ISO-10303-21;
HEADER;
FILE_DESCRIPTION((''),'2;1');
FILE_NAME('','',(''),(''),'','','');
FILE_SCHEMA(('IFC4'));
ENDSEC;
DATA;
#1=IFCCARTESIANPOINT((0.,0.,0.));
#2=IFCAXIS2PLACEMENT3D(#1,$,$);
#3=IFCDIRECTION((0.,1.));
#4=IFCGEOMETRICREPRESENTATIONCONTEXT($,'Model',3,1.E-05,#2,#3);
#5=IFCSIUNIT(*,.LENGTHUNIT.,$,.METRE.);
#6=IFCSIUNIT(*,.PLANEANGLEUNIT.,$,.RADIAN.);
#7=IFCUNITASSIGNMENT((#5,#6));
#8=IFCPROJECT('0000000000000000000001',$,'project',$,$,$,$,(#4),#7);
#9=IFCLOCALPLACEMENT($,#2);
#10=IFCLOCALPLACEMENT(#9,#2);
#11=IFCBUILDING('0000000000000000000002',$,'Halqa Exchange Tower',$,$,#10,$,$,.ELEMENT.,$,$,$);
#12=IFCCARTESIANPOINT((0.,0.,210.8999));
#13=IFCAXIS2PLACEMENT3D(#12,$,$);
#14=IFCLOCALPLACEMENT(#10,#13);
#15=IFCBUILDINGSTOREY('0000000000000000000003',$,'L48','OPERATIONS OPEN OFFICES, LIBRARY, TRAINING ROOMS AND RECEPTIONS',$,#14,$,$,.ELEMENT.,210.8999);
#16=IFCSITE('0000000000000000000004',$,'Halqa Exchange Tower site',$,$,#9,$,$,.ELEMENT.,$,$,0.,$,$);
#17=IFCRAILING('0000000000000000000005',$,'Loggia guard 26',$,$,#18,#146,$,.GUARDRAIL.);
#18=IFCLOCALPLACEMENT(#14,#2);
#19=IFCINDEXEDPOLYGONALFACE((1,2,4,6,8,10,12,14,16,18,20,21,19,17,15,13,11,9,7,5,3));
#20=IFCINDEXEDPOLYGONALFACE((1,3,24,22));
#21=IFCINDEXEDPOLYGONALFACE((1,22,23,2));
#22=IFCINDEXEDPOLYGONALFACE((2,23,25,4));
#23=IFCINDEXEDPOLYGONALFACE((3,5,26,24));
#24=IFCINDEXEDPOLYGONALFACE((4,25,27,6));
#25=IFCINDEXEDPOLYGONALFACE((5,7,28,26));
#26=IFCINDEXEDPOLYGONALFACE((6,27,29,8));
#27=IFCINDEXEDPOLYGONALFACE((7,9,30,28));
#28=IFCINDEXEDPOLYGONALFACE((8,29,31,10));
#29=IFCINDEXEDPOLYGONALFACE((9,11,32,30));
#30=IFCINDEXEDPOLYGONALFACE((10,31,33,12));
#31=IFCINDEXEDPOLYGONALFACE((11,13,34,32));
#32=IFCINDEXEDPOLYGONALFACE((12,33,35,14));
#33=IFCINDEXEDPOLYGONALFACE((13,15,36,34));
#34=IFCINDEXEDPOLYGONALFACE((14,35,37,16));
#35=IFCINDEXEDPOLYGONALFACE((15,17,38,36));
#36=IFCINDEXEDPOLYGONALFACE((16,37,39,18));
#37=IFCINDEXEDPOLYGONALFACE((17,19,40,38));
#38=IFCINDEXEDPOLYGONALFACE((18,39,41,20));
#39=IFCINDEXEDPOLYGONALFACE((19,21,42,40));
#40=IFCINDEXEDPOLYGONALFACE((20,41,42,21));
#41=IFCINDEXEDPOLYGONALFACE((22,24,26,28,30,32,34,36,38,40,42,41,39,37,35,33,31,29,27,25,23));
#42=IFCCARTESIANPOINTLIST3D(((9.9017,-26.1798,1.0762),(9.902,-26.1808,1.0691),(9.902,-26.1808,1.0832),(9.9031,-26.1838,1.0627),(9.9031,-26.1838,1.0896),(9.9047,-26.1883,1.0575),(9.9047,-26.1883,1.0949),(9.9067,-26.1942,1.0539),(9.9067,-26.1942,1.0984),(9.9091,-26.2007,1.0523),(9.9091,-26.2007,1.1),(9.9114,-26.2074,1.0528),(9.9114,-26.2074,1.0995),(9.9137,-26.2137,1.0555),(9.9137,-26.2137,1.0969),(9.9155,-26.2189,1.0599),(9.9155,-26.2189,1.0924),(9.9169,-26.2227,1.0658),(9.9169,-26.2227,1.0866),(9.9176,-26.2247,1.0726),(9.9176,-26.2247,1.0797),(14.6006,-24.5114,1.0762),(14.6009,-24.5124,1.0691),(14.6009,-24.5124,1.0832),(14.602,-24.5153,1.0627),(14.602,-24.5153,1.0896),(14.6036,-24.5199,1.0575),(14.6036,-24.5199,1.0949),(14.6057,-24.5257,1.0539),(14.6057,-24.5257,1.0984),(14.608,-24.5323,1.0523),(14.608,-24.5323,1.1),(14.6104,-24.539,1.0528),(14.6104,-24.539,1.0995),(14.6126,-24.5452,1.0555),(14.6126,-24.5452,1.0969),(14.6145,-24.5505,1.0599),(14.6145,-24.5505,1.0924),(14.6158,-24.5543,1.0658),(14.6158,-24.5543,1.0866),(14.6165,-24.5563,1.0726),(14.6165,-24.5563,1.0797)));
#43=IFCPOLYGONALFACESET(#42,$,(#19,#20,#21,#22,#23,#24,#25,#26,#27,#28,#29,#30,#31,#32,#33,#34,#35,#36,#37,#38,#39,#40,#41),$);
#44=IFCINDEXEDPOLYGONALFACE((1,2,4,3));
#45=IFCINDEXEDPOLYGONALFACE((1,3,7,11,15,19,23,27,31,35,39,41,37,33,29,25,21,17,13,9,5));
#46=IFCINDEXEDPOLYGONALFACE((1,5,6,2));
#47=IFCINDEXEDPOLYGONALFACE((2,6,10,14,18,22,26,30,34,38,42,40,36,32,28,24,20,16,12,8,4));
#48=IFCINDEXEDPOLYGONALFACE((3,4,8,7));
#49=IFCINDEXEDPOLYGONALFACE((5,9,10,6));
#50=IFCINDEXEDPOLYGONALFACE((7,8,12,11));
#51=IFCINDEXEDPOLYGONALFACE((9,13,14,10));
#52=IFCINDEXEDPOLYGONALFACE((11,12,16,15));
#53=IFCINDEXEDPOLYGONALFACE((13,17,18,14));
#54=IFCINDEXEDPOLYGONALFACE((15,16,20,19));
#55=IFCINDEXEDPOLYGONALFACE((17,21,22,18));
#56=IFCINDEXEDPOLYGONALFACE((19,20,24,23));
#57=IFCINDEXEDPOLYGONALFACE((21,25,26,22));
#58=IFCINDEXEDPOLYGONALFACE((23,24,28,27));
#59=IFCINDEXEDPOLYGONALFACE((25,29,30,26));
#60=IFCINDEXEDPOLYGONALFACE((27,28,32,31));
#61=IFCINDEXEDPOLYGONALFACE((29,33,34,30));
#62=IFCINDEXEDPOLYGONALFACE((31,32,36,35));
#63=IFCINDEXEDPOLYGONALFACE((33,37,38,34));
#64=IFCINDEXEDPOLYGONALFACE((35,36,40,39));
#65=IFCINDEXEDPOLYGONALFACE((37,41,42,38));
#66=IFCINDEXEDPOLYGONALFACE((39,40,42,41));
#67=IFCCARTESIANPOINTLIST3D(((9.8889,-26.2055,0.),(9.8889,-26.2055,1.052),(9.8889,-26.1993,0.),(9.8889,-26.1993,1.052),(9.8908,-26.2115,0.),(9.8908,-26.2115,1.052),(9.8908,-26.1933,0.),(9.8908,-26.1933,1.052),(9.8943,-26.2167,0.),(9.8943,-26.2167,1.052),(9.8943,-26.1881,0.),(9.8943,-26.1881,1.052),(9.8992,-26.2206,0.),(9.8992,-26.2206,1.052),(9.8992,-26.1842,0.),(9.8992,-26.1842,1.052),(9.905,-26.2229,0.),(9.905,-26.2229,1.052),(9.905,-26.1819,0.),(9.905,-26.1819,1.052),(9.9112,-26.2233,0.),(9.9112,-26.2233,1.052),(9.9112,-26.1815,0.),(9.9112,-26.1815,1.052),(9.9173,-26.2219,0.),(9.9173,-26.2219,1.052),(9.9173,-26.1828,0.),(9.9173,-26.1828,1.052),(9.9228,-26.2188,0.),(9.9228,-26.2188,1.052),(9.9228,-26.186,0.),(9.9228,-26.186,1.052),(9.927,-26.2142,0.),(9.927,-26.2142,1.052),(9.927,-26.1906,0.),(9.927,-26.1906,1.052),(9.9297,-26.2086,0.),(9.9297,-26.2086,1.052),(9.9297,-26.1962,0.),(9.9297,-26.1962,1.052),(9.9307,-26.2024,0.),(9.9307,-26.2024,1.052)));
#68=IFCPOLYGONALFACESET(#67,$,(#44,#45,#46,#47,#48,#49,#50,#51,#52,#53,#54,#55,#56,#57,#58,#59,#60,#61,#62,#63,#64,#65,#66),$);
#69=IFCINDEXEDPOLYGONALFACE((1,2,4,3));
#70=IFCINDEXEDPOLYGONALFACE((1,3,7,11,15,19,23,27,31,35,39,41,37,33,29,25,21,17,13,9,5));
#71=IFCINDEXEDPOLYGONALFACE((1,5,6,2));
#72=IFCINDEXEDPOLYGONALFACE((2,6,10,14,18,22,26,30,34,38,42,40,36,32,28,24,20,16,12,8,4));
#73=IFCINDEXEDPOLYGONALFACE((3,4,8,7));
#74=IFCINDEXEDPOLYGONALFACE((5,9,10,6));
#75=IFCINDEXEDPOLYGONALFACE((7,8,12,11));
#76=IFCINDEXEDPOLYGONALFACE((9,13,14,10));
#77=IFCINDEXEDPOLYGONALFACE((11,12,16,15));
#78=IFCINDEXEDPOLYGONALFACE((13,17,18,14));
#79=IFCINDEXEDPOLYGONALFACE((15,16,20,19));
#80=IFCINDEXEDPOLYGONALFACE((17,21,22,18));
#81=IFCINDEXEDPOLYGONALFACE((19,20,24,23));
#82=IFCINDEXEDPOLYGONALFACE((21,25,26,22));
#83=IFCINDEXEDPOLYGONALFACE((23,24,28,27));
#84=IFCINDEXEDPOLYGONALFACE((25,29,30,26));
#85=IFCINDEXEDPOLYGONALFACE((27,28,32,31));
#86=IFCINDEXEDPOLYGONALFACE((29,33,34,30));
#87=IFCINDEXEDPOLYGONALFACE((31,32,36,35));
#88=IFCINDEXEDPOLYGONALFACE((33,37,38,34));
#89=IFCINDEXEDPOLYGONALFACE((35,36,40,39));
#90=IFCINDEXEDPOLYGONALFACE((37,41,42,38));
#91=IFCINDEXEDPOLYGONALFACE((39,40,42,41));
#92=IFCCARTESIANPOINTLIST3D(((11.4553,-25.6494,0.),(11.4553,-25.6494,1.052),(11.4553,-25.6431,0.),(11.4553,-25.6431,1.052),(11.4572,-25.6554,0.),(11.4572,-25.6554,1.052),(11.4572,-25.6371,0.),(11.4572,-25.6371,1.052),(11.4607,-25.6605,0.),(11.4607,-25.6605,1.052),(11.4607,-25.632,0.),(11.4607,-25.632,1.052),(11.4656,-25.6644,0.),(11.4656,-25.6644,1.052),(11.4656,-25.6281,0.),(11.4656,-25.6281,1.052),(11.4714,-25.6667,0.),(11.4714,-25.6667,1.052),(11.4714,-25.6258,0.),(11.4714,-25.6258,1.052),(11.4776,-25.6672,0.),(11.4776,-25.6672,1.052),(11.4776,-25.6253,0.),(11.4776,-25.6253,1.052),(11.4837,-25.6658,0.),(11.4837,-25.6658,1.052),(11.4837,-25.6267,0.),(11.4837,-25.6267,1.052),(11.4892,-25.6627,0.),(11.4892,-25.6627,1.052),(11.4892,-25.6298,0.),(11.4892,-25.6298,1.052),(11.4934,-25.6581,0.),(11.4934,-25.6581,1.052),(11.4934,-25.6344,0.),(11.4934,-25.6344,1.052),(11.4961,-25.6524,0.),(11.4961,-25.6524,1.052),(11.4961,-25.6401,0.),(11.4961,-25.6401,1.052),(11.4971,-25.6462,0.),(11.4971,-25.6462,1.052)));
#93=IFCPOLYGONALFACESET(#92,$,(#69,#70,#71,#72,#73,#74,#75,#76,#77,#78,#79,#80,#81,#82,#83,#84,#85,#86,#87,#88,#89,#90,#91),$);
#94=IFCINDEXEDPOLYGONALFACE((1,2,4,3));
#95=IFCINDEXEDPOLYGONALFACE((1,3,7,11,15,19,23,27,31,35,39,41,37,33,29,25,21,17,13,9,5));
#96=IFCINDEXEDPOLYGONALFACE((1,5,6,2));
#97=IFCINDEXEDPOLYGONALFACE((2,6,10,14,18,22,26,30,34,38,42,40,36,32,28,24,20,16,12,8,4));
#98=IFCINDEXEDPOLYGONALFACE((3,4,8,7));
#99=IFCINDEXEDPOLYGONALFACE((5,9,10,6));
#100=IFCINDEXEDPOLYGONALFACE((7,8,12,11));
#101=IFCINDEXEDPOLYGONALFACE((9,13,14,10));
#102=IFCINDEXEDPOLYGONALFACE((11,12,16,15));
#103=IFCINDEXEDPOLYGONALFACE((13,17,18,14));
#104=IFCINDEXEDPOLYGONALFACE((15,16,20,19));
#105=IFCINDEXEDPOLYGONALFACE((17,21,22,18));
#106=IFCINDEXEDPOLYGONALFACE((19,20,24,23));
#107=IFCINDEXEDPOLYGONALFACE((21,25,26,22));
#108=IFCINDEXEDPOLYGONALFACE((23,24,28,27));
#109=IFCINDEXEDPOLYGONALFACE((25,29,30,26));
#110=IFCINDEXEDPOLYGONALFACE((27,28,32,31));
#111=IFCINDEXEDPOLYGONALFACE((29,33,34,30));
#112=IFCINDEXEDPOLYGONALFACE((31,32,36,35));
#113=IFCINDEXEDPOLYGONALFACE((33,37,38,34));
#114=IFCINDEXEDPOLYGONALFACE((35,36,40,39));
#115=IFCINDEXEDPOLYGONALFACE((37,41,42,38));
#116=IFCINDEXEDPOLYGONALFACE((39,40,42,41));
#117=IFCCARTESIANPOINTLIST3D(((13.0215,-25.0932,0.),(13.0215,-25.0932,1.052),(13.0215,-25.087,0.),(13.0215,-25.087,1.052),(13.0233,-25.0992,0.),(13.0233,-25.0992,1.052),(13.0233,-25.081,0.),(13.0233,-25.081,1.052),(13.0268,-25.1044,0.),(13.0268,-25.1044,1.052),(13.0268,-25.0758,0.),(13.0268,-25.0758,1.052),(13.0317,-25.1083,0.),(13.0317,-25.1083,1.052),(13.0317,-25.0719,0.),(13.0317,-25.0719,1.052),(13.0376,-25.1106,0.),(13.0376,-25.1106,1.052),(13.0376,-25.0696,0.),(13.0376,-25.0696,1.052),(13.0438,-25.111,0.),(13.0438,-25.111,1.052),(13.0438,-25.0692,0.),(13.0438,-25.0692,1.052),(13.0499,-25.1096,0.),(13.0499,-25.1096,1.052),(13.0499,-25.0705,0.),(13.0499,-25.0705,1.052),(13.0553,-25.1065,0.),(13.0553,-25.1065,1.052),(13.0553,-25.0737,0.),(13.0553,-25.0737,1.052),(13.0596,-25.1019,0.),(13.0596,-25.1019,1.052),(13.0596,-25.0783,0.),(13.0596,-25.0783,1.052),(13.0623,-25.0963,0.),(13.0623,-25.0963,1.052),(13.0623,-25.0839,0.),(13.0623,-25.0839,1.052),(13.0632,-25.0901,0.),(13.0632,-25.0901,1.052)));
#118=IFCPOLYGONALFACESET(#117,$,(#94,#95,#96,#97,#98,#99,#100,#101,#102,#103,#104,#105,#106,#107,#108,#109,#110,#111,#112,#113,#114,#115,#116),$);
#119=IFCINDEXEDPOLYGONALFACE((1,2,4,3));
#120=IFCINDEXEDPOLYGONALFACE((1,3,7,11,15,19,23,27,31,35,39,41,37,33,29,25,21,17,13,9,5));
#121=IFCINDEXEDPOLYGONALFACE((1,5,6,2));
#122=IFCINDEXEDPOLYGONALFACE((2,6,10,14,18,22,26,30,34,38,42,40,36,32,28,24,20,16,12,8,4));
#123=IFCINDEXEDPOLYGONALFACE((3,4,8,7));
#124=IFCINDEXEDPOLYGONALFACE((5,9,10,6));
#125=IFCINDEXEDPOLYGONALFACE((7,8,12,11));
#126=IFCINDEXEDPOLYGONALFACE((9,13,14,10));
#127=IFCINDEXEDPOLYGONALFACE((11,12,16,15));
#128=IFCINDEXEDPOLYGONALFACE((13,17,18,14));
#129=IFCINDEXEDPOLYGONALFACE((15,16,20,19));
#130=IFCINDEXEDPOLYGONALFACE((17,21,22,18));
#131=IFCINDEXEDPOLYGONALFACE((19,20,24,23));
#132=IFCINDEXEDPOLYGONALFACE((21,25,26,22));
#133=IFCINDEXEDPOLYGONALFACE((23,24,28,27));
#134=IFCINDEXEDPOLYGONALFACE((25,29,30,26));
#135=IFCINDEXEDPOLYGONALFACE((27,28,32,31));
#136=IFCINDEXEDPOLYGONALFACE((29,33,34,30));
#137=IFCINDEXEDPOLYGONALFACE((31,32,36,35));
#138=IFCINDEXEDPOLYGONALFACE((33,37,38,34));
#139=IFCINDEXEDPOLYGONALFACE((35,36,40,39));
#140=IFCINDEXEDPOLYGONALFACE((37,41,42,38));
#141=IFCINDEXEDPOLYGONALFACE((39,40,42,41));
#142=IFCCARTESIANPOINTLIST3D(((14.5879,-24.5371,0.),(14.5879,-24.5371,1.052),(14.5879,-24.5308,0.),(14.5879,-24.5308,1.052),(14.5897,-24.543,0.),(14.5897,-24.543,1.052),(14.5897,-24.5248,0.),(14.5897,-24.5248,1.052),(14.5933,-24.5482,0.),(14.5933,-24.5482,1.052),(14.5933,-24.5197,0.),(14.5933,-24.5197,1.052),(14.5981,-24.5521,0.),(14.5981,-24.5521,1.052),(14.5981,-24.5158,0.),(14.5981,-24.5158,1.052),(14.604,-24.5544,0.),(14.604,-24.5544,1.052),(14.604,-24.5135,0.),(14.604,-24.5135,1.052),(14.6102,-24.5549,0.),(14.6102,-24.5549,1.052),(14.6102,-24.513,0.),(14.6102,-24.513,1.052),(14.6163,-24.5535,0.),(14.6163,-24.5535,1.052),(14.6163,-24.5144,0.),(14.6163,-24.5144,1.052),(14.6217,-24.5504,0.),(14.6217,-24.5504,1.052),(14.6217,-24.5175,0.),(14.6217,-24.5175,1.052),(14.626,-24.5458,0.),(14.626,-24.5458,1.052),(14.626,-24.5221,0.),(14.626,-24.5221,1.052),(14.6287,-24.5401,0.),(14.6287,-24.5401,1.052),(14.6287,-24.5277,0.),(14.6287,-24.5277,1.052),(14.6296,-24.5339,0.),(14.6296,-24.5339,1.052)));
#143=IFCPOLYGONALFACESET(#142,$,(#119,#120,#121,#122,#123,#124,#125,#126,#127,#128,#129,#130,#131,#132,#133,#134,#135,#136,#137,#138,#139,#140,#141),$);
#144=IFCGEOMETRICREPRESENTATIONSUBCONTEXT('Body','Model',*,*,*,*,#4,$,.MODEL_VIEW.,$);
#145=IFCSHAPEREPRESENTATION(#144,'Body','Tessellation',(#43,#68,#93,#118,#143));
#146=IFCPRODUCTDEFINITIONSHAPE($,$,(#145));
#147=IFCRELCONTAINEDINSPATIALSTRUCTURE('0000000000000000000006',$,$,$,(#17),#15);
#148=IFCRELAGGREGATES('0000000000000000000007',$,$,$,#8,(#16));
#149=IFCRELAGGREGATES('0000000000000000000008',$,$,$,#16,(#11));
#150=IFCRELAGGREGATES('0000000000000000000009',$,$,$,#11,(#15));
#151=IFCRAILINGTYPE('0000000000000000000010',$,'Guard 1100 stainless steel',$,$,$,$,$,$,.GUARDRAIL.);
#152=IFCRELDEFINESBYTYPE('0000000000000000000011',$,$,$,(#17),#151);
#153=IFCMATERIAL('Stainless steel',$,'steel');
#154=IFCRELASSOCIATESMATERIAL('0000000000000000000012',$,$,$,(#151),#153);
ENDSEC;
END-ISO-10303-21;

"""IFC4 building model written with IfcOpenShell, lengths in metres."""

from ifc_helpers import new_model, si_unit, direction, frame, origin, origin_2d, place, context, subcontext, project, spatial, circle, extrude, material, type_object, element, save


model = new_model("IFC4")

# Units and contexts
model_context = context("Model", 3, precision=1e-05, world=origin(), true_north=direction((0.0, 1.0)))
body_context = subcontext(model_context, "Body", "Model", "MODEL_VIEW")
ifc_project = project(units=[si_unit("LENGTHUNIT", "METRE"), si_unit("PLANEANGLEUNIT", "RADIAN")], contexts=[model_context])

# Site, building, storey
site_placement = place(None, origin())
site = spatial("IfcSite", under=ifc_project, at=site_placement, Name="Halqa Exchange Tower site", CompositionType="ELEMENT", RefElevation=0.0)
building_placement = place(site_placement, origin())
building = spatial("IfcBuilding", under=site, at=building_placement, Name="Halqa Exchange Tower", CompositionType="ELEMENT")
storey_placement = place(building_placement, frame((0.0, 0.0, 210.8999)))
storey = spatial("IfcBuildingStorey", under=building, at=storey_placement, Name="L48", Description="OPERATIONS OPEN OFFICES, LIBRARY, TRAINING ROOMS AND RECEPTIONS", CompositionType="ELEMENT", Elevation=210.8999)

# Railing
ifc_material_1 = material(Name="Stainless steel", Category="steel")
railing_type_1 = type_object("IfcRailingType", Name="Guard 1100 stainless steel", PredefinedType="GUARDRAIL", material=ifc_material_1)
railing_1_placement = place(storey_placement, frame((9.9097, -26.2024, 0.0)))
element("IfcRailing", 1, at=railing_1_placement, inside=storey, type_object=railing_type_1, Name="Loggia guard 26", PredefinedType="GUARDRAIL", context=body_context, shape_type="SweptSolid", body=[
    extrude(circle(Radius=0.0239, at=origin_2d()), frame((0.0, 0.0, 1.0762), z_axis=(0.94236, 0.334602, 0.0), x_axis=(-0.334602, 0.94236, 0.0)), (0.0, 0.0, 1.0), 4.9863),
    extrude(circle(Radius=0.021, at=origin_2d()), origin(), (0.0, 0.0, 1.0), 1.052),
    extrude(circle(Radius=0.021, at=origin_2d()), frame((1.5664, 0.5562, 0.0)), (0.0, 0.0, 1.0), 1.052),
    extrude(circle(Radius=0.021, at=origin_2d()), frame((3.1326, 1.1123, 0.0)), (0.0, 0.0, 1.0), 1.052),
    extrude(circle(Radius=0.021, at=origin_2d()), frame((4.699, 1.6685, 0.0)), (0.0, 0.0, 1.0), 1.052),
])

save(model, "model.ifc")
